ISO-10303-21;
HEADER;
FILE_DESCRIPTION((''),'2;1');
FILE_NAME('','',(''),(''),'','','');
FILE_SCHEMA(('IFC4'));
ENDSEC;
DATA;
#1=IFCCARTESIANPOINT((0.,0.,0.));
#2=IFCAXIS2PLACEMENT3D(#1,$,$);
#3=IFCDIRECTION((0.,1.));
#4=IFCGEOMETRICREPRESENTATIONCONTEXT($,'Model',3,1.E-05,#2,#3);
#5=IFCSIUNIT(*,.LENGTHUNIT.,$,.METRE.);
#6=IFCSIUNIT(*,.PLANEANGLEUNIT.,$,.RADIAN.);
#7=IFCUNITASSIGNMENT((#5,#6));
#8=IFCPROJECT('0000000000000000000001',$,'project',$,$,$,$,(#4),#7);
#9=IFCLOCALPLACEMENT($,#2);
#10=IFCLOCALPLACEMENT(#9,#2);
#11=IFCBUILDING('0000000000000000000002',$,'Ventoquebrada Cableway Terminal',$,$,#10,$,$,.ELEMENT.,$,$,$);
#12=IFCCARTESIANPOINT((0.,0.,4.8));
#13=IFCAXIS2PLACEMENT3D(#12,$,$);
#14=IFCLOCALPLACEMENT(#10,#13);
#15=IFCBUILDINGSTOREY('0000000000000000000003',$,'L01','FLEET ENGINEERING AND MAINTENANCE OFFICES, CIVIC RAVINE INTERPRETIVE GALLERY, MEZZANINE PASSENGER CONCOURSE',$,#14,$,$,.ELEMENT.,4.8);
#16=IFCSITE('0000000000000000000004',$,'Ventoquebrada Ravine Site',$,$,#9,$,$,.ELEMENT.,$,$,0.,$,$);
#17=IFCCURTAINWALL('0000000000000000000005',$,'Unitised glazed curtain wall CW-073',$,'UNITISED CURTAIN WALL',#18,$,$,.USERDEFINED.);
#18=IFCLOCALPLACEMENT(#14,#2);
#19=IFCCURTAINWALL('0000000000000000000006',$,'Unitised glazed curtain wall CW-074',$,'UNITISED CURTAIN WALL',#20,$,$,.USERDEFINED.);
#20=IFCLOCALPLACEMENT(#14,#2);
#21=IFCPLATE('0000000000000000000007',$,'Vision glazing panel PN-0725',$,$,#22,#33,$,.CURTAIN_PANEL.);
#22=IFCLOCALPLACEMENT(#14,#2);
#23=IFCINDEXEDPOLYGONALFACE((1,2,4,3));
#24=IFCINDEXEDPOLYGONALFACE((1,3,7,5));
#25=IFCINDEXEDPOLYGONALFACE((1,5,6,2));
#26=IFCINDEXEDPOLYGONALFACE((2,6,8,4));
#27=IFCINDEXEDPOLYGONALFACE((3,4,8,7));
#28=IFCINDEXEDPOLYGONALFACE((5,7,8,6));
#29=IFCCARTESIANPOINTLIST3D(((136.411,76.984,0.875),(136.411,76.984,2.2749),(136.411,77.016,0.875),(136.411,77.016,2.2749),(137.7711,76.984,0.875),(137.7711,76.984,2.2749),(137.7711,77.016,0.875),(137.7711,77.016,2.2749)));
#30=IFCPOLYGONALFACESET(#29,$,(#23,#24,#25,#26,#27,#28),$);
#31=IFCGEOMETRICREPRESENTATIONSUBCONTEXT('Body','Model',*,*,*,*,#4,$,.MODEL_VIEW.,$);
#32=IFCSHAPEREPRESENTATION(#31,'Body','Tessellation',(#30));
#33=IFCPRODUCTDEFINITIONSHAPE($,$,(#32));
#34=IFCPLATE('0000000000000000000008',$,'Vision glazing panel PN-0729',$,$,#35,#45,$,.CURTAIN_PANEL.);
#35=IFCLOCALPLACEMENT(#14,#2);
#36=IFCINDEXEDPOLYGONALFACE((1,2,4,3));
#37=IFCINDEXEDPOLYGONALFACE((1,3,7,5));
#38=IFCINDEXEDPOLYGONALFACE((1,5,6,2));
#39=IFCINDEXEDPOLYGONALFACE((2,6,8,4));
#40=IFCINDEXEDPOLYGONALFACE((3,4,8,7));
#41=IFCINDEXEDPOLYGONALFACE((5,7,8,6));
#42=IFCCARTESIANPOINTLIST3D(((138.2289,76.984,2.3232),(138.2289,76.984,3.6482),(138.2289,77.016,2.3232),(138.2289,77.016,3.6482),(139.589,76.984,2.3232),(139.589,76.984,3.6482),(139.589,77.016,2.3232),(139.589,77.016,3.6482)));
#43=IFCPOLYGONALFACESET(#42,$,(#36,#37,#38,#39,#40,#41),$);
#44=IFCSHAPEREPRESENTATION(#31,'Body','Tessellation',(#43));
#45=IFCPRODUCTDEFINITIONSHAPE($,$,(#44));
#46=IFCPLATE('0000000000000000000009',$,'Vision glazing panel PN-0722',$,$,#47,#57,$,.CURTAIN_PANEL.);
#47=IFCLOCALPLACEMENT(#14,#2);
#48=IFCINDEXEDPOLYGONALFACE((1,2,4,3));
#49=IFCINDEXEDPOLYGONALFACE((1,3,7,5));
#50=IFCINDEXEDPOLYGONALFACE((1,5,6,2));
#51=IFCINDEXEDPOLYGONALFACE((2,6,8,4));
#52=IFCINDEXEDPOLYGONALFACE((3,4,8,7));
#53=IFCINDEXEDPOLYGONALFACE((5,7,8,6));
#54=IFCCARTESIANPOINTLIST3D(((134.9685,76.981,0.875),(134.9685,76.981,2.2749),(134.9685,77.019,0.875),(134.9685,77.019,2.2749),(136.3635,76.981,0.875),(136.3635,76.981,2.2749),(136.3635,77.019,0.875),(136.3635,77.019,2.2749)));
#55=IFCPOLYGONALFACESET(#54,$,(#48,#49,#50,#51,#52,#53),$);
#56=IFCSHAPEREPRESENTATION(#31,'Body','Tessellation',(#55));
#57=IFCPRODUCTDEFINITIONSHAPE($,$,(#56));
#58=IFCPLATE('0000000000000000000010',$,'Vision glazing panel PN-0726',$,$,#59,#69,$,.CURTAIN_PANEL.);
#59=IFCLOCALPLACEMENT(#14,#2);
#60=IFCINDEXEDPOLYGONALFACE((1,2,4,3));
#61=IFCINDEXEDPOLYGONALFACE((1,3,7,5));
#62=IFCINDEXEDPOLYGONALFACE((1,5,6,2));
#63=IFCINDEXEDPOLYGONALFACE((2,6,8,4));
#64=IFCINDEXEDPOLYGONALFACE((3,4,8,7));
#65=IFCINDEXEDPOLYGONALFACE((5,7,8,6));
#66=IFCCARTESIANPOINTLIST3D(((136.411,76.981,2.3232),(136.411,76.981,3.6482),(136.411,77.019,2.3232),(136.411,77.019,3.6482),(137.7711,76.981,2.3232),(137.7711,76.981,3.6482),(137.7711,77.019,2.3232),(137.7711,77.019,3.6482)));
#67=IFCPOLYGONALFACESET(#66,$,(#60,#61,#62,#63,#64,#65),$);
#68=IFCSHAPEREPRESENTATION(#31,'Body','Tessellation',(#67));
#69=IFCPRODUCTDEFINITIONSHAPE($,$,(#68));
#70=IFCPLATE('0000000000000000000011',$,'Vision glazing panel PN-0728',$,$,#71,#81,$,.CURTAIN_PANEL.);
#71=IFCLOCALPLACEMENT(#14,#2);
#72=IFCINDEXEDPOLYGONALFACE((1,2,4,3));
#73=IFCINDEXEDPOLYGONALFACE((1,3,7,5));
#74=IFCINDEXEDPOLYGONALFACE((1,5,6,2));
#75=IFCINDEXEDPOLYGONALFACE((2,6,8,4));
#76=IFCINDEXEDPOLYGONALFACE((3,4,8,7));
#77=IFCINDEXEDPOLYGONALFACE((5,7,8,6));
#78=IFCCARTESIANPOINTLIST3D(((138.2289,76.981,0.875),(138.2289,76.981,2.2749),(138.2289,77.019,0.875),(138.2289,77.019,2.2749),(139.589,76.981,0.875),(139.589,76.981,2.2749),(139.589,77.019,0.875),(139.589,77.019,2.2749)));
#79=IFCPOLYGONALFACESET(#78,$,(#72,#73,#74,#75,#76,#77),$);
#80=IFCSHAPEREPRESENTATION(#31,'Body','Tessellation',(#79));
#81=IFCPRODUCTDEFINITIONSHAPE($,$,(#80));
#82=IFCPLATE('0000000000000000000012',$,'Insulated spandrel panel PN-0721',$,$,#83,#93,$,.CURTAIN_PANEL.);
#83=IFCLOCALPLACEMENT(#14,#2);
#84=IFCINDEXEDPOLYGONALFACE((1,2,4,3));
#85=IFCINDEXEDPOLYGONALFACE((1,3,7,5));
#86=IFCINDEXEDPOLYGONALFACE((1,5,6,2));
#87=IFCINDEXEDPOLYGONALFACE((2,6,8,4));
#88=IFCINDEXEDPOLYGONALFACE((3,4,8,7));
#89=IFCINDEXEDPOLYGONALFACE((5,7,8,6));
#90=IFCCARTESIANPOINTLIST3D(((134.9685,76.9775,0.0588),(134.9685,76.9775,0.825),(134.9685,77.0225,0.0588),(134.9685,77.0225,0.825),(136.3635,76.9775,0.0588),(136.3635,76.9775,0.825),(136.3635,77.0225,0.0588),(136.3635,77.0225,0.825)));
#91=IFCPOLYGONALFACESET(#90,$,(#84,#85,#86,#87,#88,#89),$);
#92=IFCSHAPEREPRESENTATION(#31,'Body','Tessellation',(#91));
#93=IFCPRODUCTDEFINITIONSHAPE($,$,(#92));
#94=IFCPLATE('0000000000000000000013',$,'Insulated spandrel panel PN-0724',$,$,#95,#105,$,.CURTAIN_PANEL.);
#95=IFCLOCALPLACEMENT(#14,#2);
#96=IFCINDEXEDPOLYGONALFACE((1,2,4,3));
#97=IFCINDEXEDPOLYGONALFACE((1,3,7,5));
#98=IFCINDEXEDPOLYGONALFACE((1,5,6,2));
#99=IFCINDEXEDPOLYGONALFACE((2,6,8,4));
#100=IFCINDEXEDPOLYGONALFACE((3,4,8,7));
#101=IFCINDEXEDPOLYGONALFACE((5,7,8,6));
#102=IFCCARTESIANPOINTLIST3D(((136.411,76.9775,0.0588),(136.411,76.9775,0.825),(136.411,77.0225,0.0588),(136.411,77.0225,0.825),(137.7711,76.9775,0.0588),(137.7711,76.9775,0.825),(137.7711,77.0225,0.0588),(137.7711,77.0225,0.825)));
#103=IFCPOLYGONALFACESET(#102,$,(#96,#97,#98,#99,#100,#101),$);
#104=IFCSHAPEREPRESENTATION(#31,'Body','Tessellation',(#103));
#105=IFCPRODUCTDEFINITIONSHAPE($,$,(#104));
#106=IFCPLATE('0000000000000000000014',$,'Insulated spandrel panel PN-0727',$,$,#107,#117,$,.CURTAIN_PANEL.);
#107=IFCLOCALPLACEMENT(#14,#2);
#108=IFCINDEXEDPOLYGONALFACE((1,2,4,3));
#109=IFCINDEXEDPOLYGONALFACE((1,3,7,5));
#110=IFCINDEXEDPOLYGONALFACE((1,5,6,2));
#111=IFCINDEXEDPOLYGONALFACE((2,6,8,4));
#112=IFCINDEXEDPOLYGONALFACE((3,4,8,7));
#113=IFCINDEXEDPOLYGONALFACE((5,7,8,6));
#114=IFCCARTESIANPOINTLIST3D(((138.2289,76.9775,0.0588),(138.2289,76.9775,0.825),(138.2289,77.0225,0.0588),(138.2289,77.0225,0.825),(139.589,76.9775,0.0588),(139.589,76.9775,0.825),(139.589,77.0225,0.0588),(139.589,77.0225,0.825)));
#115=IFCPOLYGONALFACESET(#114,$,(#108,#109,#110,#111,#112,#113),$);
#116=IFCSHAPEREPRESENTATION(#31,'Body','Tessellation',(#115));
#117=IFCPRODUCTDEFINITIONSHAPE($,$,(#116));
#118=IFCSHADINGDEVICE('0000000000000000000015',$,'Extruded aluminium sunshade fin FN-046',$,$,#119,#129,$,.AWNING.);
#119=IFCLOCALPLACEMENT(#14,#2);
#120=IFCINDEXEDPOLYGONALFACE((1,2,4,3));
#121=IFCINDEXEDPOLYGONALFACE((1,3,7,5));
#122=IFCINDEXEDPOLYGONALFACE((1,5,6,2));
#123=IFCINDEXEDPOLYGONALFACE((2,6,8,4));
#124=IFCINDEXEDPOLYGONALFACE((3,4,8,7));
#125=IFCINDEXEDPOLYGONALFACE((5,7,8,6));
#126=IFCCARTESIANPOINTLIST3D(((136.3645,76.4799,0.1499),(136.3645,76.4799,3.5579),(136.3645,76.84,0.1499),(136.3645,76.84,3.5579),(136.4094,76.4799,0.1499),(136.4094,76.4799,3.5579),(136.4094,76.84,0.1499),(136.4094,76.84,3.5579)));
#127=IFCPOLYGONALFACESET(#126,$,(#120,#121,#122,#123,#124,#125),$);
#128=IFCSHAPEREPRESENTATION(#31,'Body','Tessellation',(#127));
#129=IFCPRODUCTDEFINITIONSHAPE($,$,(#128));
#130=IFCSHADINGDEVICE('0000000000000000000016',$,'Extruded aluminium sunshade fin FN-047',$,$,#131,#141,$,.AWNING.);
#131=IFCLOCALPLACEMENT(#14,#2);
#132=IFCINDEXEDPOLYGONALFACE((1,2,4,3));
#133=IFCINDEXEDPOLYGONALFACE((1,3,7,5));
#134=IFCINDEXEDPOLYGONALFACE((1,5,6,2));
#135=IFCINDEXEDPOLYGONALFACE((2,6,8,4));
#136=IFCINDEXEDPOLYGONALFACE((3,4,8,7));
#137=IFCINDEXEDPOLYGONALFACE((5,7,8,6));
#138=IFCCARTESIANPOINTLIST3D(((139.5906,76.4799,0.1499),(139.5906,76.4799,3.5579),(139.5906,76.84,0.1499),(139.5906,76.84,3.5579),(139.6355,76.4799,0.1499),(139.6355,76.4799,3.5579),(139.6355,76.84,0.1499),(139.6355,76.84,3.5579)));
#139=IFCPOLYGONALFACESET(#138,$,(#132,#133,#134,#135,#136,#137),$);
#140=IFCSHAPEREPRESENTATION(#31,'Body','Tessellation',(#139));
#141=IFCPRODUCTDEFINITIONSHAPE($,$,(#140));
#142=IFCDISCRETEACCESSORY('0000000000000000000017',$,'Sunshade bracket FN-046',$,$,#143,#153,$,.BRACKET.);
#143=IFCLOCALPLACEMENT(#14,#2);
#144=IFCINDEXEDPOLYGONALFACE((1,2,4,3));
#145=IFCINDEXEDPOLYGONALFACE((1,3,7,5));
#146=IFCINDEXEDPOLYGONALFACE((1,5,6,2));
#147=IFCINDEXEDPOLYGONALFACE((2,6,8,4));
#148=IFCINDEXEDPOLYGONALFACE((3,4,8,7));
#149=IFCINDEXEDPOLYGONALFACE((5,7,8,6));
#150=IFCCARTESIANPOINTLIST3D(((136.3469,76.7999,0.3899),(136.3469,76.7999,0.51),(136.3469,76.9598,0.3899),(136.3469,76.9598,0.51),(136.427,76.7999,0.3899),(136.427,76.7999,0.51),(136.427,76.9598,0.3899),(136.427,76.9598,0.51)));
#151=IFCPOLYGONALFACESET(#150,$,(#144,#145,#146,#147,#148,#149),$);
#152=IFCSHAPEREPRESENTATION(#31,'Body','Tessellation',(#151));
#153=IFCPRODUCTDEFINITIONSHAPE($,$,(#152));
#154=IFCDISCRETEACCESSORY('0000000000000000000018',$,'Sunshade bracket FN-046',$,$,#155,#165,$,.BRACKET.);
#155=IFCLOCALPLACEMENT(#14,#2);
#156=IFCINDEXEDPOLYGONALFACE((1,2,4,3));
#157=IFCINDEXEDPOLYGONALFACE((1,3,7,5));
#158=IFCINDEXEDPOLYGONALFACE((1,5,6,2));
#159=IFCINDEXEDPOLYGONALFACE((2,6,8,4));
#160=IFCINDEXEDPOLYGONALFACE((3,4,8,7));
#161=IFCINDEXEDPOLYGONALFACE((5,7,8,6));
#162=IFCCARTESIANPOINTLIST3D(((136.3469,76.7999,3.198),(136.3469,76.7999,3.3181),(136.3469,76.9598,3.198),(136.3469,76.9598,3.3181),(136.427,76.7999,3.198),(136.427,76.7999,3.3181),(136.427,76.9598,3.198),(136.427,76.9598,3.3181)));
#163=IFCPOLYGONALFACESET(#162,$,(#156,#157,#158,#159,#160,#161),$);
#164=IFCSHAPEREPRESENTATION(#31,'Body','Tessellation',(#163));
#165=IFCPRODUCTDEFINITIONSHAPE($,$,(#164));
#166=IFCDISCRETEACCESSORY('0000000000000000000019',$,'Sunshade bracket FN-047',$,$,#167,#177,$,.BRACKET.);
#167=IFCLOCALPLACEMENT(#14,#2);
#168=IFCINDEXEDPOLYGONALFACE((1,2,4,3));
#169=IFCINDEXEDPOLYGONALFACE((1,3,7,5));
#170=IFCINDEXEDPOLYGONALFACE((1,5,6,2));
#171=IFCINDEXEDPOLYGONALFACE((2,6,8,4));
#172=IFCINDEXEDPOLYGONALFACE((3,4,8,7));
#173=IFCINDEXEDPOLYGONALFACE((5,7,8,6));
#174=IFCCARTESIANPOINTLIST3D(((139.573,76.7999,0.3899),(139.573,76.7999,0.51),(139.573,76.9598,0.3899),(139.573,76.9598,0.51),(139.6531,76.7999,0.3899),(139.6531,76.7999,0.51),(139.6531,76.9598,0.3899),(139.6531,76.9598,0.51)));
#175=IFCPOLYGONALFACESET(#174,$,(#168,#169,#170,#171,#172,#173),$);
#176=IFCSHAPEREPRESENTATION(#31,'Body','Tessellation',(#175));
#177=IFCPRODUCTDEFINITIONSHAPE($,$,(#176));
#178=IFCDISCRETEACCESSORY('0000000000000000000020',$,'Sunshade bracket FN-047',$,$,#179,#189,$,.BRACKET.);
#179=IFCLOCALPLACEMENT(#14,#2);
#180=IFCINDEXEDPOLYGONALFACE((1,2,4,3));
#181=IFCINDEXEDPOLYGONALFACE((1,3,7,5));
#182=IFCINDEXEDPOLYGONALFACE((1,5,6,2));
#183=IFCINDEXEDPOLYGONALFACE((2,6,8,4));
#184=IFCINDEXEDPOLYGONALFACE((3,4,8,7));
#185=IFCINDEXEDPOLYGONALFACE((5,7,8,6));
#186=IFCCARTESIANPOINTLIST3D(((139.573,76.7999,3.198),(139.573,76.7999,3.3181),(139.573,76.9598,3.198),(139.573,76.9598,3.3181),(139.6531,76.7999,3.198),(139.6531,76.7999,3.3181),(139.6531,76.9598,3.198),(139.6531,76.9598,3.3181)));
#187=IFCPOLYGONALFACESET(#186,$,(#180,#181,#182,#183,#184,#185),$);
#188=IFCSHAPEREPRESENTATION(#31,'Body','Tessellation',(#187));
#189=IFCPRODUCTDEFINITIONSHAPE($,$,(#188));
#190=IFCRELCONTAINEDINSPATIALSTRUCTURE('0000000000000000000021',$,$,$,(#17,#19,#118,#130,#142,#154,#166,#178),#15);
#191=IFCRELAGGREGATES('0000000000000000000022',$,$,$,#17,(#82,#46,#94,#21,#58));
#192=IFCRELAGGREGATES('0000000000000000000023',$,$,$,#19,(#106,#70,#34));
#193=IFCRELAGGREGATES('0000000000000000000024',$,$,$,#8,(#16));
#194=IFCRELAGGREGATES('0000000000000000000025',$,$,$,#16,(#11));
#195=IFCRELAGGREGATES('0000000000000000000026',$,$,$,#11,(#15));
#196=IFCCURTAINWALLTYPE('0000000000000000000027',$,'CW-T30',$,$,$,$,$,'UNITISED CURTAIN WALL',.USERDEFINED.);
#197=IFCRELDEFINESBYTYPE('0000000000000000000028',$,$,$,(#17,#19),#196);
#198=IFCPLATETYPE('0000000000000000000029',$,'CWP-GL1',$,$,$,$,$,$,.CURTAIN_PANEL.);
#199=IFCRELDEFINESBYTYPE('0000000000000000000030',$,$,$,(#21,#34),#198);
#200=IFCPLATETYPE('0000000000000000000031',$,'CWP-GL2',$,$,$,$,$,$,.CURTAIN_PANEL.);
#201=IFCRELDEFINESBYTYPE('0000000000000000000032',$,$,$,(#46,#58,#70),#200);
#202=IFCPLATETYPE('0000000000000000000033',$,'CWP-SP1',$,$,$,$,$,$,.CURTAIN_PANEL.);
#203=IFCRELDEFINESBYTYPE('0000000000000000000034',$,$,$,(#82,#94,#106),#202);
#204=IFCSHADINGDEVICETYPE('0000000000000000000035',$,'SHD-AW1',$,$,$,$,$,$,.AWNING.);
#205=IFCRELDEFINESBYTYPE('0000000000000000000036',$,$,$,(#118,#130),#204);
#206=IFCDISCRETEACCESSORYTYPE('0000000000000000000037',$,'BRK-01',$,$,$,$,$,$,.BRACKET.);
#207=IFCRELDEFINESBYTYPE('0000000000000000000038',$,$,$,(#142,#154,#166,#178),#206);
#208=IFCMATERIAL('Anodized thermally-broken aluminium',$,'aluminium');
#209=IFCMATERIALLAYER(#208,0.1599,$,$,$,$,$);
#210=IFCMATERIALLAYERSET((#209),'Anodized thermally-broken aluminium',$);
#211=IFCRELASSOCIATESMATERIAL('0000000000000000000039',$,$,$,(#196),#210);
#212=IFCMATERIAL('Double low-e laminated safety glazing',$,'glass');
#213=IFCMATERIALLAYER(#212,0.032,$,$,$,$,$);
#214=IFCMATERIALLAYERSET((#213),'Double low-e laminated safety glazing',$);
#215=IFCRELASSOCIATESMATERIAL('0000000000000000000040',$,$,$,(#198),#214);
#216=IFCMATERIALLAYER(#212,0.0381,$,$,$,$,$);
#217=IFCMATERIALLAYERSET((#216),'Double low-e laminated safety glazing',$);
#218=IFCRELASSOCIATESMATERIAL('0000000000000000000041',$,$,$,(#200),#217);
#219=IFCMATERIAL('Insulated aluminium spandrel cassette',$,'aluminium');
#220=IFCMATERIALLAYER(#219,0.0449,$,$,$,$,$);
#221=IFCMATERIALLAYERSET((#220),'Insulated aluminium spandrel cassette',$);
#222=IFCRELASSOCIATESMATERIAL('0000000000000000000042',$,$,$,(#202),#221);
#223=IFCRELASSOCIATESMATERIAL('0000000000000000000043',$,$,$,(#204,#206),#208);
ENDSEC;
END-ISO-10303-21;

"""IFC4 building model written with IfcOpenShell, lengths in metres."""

from ifc_helpers import new_model, si_unit, direction, frame, origin, origin_2d, place, context, subcontext, project, spatial, rectangle, extrude, material, layer, layer_set, type_object, element, aggregate, save


model = new_model("IFC4")

# Units and contexts
model_context = context("Model", 3, precision=1e-05, world=origin(), true_north=direction((0.0, 1.0)))
body_context = subcontext(model_context, "Body", "Model", "MODEL_VIEW")
ifc_project = project(units=[si_unit("LENGTHUNIT", "METRE"), si_unit("PLANEANGLEUNIT", "RADIAN")], contexts=[model_context])

# Site, building, storey
site_placement = place(None, origin())
site = spatial("IfcSite", under=ifc_project, at=site_placement, Name="Ventoquebrada Ravine Site", CompositionType="ELEMENT", RefElevation=0.0)
building_placement = place(site_placement, origin())
building = spatial("IfcBuilding", under=site, at=building_placement, Name="Ventoquebrada Cableway Terminal", CompositionType="ELEMENT")
storey_placement = place(building_placement, frame((0.0, 0.0, 4.8)))
storey = spatial("IfcBuildingStorey", under=building, at=storey_placement, Name="L01", Description="FLEET ENGINEERING AND MAINTENANCE OFFICES, CIVIC RAVINE INTERPRETIVE GALLERY, MEZZANINE PASSENGER CONCOURSE", CompositionType="ELEMENT", Elevation=4.8)

# Curtain walls
ifc_material_1 = material(Name="Anodized thermally-broken aluminium", Category="aluminium")
ifc_layer_1 = layer(ifc_material_1, 0.1599)
ifc_layer_set_1 = layer_set([ifc_layer_1], Name="Anodized thermally-broken aluminium")
curtain_wall_type = type_object("IfcCurtainWallType", Name="CW-T30", ElementType="UNITISED CURTAIN WALL", PredefinedType="USERDEFINED", material=ifc_layer_set_1)
curtain_wall_1_placement = place(storey_placement, origin())
curtain_wall_1 = element("IfcCurtainWall", 1, at=curtain_wall_1_placement, inside=storey, type_object=curtain_wall_type, Name="Unitised glazed curtain wall CW-073", ObjectType="UNITISED CURTAIN WALL", PredefinedType="USERDEFINED")
curtain_wall_2_placement = place(storey_placement, origin())
curtain_wall_2 = element("IfcCurtainWall", 2, at=curtain_wall_2_placement, inside=storey, type_object=curtain_wall_type, Name="Unitised glazed curtain wall CW-074", ObjectType="UNITISED CURTAIN WALL", PredefinedType="USERDEFINED")

# Plates
ifc_material_2 = material(Name="Double low-e laminated safety glazing", Category="glass")
ifc_layer_2 = layer(ifc_material_2, 0.032)
ifc_layer_set_2 = layer_set([ifc_layer_2], Name="Double low-e laminated safety glazing")
plate_type_1 = type_object("IfcPlateType", Name="CWP-GL1", PredefinedType="CURTAIN_PANEL", material=ifc_layer_set_2)
plate_1_placement = place(storey_placement, frame((137.0911, 77.0, 0.875), z_axis=(0.0, 0.0, 1.0), x_axis=(1.0, 0.0, 0.0)))
plate_1 = element("IfcPlate", 3, at=plate_1_placement, type_object=plate_type_1, Name="Vision glazing panel PN-0725", PredefinedType="CURTAIN_PANEL", context=body_context, shape_type="SweptSolid", body=[
    extrude(rectangle(XDim=1.3601, YDim=0.032, at=origin_2d()), origin(), (0.0, 0.0, 1.0), 1.3999),
])
plate_2_placement = place(storey_placement, frame((138.9089, 77.0, 2.3232), z_axis=(0.0, 0.0, 1.0), x_axis=(1.0, 0.0, 0.0)))
plate_2 = element("IfcPlate", 4, at=plate_2_placement, type_object=plate_type_1, Name="Vision glazing panel PN-0729", PredefinedType="CURTAIN_PANEL", context=body_context, shape_type="SweptSolid", body=[
    extrude(rectangle(XDim=1.3601, YDim=0.032, at=origin_2d()), origin(), (0.0, 0.0, 1.0), 1.325),
])
ifc_layer_3 = layer(ifc_material_2, 0.0381)
ifc_layer_set_3 = layer_set([ifc_layer_3], Name="Double low-e laminated safety glazing")
plate_type_2 = type_object("IfcPlateType", Name="CWP-GL2", PredefinedType="CURTAIN_PANEL", material=ifc_layer_set_3)
plate_3_placement = place(storey_placement, frame((135.666, 77.0, 0.875), z_axis=(0.0, 0.0, 1.0), x_axis=(1.0, 0.0, 0.0)))
plate_3 = element("IfcPlate", 5, at=plate_3_placement, type_object=plate_type_2, Name="Vision glazing panel PN-0722", PredefinedType="CURTAIN_PANEL", context=body_context, shape_type="SweptSolid", body=[
    extrude(rectangle(XDim=1.395, YDim=0.0381, at=origin_2d()), origin(), (0.0, 0.0, 1.0), 1.3999),
])
plate_4_placement = place(storey_placement, frame((137.0911, 77.0, 2.3232), z_axis=(0.0, 0.0, 1.0), x_axis=(1.0, 0.0, 0.0)))
plate_4 = element("IfcPlate", 6, at=plate_4_placement, type_object=plate_type_2, Name="Vision glazing panel PN-0726", PredefinedType="CURTAIN_PANEL", context=body_context, shape_type="SweptSolid", body=[
    extrude(rectangle(XDim=1.3601, YDim=0.0381, at=origin_2d()), origin(), (0.0, 0.0, 1.0), 1.325),
])
plate_5_placement = place(storey_placement, frame((138.9089, 77.0, 0.875), z_axis=(0.0, 0.0, 1.0), x_axis=(1.0, 0.0, 0.0)))
plate_5 = element("IfcPlate", 7, at=plate_5_placement, type_object=plate_type_2, Name="Vision glazing panel PN-0728", PredefinedType="CURTAIN_PANEL", context=body_context, shape_type="SweptSolid", body=[
    extrude(rectangle(XDim=1.3601, YDim=0.0381, at=origin_2d()), origin(), (0.0, 0.0, 1.0), 1.3999),
])
ifc_material_3 = material(Name="Insulated aluminium spandrel cassette", Category="aluminium")
ifc_layer_4 = layer(ifc_material_3, 0.0449)
ifc_layer_set_4 = layer_set([ifc_layer_4], Name="Insulated aluminium spandrel cassette")
plate_type_3 = type_object("IfcPlateType", Name="CWP-SP1", PredefinedType="CURTAIN_PANEL", material=ifc_layer_set_4)
plate_6_placement = place(storey_placement, frame((135.666, 77.0, 0.0588), z_axis=(0.0, 0.0, 1.0), x_axis=(1.0, 0.0, 0.0)))
plate_6 = element("IfcPlate", 8, at=plate_6_placement, type_object=plate_type_3, Name="Insulated spandrel panel PN-0721", PredefinedType="CURTAIN_PANEL", context=body_context, shape_type="SweptSolid", body=[
    extrude(rectangle(XDim=1.395, YDim=0.0449, at=origin_2d()), origin(), (0.0, 0.0, 1.0), 0.7661),
])
plate_7_placement = place(storey_placement, frame((137.0911, 77.0, 0.0588), z_axis=(0.0, 0.0, 1.0), x_axis=(1.0, 0.0, 0.0)))
plate_7 = element("IfcPlate", 9, at=plate_7_placement, type_object=plate_type_3, Name="Insulated spandrel panel PN-0724", PredefinedType="CURTAIN_PANEL", context=body_context, shape_type="SweptSolid", body=[
    extrude(rectangle(XDim=1.3601, YDim=0.0449, at=origin_2d()), origin(), (0.0, 0.0, 1.0), 0.7661),
])
aggregate(curtain_wall_1, [plate_6, plate_3, plate_7, plate_1, plate_4])
plate_8_placement = place(storey_placement, frame((138.9089, 77.0, 0.0588), z_axis=(0.0, 0.0, 1.0), x_axis=(1.0, 0.0, 0.0)))
plate_8 = element("IfcPlate", 10, at=plate_8_placement, type_object=plate_type_3, Name="Insulated spandrel panel PN-0727", PredefinedType="CURTAIN_PANEL", context=body_context, shape_type="SweptSolid", body=[
    extrude(rectangle(XDim=1.3601, YDim=0.0449, at=origin_2d()), origin(), (0.0, 0.0, 1.0), 0.7661),
])
aggregate(curtain_wall_2, [plate_8, plate_5, plate_2])

# Shading devices
shading_device_type = type_object("IfcShadingDeviceType", Name="SHD-AW1", PredefinedType="AWNING", material=ifc_material_1)
for number, where, z_axis, x_axis, name in (
    (11, (136.387, 76.6599, 0.1499), (0.0, 0.0, 1.0), (1.0, 0.0, 0.0), "Extruded aluminium sunshade fin FN-046"),
    (12, (139.613, 76.6599, 0.1499), (0.0, 0.0, 1.0), (1.0, 0.0, 0.0), "Extruded aluminium sunshade fin FN-047"),
):
    element("IfcShadingDevice", number, at=place(storey_placement, frame(where, z_axis=z_axis, x_axis=x_axis)), inside=storey, type_object=shading_device_type, Name=name, PredefinedType="AWNING", context=body_context, shape_type="SweptSolid", body=[
        extrude(rectangle(XDim=0.0449, YDim=0.3601, at=origin_2d()), origin(), (0.0, 0.0, 1.0), 3.408),
    ])

# Discrete accessories
discrete_accessory_type = type_object("IfcDiscreteAccessoryType", Name="BRK-01", PredefinedType="BRACKET", material=ifc_material_1)
for number, where, z_axis, x_axis, name in (
    (13, (136.387, 76.8799, 0.3899), (0.0, 0.0, 1.0), (1.0, 0.0, 0.0), "Sunshade bracket FN-046"),
    (14, (136.387, 76.8799, 3.198), (0.0, 0.0, 1.0), (1.0, 0.0, 0.0), "Sunshade bracket FN-046"),
    (15, (139.613, 76.8799, 0.3899), (0.0, 0.0, 1.0), (1.0, 0.0, 0.0), "Sunshade bracket FN-047"),
    (16, (139.613, 76.8799, 3.198), (0.0, 0.0, 1.0), (1.0, 0.0, 0.0), "Sunshade bracket FN-047"),
):
    element("IfcDiscreteAccessory", number, at=place(storey_placement, frame(where, z_axis=z_axis, x_axis=x_axis)), inside=storey, type_object=discrete_accessory_type, Name=name, PredefinedType="BRACKET", context=body_context, shape_type="SweptSolid", body=[
        extrude(rectangle(XDim=0.0801, YDim=0.1599, at=origin_2d()), origin(), (0.0, 0.0, 1.0), 0.1201),
    ])

save(model, "model.ifc")
